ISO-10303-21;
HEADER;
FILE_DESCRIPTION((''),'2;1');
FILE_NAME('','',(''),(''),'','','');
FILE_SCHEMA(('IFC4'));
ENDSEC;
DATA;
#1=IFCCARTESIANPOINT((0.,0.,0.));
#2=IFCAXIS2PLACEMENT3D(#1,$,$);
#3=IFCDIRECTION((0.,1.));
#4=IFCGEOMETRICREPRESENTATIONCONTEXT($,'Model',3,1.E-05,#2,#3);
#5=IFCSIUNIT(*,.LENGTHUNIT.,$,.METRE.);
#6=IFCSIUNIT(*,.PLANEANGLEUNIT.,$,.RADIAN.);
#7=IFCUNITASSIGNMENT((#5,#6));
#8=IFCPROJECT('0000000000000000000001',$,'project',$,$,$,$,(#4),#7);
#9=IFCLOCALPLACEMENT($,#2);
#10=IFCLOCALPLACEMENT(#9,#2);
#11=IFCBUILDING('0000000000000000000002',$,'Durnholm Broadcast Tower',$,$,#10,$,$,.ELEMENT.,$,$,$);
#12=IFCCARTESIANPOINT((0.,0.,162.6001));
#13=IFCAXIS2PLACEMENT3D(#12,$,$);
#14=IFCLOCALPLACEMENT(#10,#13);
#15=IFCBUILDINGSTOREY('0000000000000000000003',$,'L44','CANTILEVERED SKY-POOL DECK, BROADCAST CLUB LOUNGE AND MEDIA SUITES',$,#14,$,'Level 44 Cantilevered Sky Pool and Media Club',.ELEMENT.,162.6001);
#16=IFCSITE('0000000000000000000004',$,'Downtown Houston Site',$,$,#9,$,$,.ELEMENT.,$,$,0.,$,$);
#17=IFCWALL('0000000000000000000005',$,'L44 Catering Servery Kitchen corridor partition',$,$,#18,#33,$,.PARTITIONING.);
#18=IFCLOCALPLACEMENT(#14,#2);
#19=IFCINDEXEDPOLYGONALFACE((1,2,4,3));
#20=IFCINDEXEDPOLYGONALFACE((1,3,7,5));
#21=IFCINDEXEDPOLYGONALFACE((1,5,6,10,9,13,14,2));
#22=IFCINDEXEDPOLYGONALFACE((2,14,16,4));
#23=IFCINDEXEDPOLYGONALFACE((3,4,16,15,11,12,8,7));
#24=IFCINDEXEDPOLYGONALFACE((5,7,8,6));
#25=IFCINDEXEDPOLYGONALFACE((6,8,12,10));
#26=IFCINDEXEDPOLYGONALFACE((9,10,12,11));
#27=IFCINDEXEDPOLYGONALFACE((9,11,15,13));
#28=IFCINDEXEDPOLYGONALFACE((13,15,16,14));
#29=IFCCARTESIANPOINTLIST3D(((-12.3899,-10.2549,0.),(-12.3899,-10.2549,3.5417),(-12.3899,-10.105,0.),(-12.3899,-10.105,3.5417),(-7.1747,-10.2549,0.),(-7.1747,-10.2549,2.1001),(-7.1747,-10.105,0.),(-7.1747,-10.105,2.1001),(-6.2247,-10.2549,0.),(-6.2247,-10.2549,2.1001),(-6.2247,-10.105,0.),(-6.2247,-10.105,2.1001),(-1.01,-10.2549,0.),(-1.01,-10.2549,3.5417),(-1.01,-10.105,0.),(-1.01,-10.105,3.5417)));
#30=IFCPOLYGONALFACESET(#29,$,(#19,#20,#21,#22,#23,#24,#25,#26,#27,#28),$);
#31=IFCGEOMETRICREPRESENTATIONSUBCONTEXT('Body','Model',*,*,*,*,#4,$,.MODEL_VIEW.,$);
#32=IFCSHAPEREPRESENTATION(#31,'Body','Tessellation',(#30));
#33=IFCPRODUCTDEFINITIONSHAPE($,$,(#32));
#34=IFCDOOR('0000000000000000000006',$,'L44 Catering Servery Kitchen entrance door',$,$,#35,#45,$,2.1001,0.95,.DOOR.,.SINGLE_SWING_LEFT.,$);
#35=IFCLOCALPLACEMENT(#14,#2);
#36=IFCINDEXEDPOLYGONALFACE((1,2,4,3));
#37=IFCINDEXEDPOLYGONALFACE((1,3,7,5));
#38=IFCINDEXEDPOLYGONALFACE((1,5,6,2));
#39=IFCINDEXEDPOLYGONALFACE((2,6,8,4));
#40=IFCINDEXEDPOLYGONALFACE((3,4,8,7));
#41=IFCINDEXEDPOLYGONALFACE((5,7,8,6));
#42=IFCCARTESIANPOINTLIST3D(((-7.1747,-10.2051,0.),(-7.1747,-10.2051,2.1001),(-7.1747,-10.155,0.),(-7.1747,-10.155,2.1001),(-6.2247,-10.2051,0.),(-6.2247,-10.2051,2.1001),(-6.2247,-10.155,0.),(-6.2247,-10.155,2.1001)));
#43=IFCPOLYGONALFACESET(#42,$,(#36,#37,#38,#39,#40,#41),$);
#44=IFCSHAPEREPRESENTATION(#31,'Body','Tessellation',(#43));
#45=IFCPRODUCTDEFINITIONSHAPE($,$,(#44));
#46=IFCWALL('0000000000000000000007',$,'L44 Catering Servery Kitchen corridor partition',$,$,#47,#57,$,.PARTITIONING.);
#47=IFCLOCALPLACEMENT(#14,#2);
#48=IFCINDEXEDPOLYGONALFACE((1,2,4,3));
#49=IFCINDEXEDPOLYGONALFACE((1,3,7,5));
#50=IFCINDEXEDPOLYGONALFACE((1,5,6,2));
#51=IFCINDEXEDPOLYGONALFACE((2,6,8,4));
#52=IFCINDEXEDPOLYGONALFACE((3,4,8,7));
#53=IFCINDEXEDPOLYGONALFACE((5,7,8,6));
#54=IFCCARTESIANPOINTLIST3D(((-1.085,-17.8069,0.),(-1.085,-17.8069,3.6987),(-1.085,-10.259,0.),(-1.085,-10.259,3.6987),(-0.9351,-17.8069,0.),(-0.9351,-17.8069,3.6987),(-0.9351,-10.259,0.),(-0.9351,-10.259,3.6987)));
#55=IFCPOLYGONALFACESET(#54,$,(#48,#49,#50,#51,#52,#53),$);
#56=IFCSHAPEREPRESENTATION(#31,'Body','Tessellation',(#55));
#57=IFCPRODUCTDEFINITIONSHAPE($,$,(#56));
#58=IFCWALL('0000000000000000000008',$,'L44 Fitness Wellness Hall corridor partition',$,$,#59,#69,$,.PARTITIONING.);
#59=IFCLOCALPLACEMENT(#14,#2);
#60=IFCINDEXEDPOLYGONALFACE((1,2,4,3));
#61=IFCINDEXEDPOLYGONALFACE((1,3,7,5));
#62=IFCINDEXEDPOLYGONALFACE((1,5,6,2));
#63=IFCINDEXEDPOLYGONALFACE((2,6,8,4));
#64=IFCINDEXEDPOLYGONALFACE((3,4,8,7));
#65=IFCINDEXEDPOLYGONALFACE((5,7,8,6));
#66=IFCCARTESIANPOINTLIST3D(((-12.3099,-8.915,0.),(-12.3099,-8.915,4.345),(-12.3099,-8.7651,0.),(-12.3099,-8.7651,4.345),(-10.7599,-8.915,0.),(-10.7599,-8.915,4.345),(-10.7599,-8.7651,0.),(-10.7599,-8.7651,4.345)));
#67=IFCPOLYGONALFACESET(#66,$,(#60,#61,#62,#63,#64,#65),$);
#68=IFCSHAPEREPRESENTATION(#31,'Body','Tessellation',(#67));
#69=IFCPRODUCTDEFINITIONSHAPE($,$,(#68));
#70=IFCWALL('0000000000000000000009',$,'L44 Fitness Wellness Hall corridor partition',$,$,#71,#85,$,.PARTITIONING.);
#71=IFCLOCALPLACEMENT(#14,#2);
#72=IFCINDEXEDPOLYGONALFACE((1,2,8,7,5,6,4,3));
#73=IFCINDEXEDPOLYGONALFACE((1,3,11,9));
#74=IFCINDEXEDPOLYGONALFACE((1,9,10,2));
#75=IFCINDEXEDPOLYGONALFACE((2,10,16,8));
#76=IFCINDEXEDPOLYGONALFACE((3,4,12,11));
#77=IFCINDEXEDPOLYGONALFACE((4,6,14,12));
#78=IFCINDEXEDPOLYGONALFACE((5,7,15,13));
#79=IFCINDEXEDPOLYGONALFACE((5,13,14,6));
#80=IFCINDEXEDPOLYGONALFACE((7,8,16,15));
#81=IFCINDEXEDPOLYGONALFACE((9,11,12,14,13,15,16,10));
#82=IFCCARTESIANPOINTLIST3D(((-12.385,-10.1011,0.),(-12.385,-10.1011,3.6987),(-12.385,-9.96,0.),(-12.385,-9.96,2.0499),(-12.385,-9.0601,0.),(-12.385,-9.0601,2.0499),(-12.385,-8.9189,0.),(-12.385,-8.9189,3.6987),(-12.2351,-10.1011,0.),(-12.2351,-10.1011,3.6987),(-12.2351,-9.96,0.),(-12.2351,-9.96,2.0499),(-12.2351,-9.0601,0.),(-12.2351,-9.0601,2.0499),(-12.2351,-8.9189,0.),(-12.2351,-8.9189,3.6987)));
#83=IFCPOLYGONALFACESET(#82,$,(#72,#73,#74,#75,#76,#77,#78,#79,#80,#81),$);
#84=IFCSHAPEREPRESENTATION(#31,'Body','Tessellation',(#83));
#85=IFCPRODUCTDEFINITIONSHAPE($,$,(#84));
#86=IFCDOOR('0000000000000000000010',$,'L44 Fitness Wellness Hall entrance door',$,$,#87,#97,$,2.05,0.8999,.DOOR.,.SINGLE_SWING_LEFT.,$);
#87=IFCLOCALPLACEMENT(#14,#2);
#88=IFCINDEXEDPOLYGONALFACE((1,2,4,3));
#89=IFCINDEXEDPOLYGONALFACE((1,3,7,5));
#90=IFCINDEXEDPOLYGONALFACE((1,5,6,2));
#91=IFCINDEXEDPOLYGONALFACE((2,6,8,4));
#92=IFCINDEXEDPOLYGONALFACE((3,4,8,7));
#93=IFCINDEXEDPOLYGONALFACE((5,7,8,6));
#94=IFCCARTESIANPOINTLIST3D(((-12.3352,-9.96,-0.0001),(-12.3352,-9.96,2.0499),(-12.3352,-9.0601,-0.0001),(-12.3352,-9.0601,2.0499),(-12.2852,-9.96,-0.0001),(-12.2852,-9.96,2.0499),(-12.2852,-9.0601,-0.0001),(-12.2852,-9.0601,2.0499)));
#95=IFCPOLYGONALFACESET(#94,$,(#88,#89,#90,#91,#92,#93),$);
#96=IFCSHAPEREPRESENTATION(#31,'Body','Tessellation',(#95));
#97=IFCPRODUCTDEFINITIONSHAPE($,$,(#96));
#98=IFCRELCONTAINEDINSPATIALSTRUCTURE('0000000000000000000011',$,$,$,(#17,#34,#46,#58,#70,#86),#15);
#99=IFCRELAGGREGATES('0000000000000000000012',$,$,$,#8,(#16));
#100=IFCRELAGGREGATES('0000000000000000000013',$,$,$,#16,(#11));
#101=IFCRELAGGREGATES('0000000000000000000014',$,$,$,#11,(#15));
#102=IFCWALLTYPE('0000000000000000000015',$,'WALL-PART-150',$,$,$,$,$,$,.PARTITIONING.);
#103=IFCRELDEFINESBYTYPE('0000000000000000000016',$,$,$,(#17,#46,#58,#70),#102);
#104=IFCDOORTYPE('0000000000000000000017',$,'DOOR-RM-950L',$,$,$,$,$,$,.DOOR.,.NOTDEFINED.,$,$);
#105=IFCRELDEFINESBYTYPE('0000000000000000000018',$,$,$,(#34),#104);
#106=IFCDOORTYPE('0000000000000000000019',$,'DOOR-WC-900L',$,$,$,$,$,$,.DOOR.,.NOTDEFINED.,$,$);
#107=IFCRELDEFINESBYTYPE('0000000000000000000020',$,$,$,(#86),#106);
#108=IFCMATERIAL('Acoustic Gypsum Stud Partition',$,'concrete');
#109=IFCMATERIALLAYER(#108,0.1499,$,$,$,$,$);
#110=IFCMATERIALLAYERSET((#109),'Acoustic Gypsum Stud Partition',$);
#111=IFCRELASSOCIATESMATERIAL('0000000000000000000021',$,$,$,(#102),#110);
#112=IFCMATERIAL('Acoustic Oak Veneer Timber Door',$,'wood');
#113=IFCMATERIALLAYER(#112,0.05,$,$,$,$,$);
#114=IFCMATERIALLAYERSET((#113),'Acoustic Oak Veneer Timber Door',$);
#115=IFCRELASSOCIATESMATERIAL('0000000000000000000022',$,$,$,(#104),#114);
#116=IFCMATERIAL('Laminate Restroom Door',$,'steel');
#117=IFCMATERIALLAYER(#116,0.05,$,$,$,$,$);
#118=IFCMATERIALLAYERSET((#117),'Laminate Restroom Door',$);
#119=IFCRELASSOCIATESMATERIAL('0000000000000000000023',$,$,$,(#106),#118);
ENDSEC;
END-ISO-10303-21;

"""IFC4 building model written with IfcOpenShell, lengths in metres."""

from ifc_helpers import new_model, si_unit, direction, frame, frame_2d, origin, place, context, subcontext, project, spatial, rectangle, extrude, source, transform, mapped, material, layer, layer_set, type_object, type_shapes, element, fill, save


model = new_model("IFC4")

# Units and contexts
model_context = context("Model", 3, precision=1e-05, world=origin(), true_north=direction((0.0, 1.0)))
body_context = subcontext(model_context, "Body", "Model", "MODEL_VIEW")
ifc_project = project(units=[si_unit("LENGTHUNIT", "METRE"), si_unit("PLANEANGLEUNIT", "RADIAN")], contexts=[model_context])

# Site, building, storey
site_placement = place(None, origin())
site = spatial("IfcSite", under=ifc_project, at=site_placement, Name="Downtown Houston Site", CompositionType="ELEMENT", RefElevation=0.0)
building_placement = place(site_placement, origin())
building = spatial("IfcBuilding", under=site, at=building_placement, Name="Durnholm Broadcast Tower", CompositionType="ELEMENT")
storey_placement = place(building_placement, frame((0.0, 0.0, 162.6001)))
storey = spatial("IfcBuildingStorey", under=building, at=storey_placement, Name="L44", Description="CANTILEVERED SKY-POOL DECK, BROADCAST CLUB LOUNGE AND MEDIA SUITES", LongName="Level 44 Cantilevered Sky Pool and Media Club", CompositionType="ELEMENT", Elevation=162.6001)

# Wall, opening, door
ifc_material_1 = material(Name="Acoustic Gypsum Stud Partition", Category="concrete")
ifc_layer_1 = layer(ifc_material_1, 0.1499)
ifc_layer_set_1 = layer_set([ifc_layer_1], Name="Acoustic Gypsum Stud Partition")
wall_type_1 = type_object("IfcWallType", Name="WALL-PART-150", PredefinedType="PARTITIONING", material=ifc_layer_set_1)
wall_1_placement = place(storey_placement, frame((-12.3899, -10.1799, 0.0), z_axis=(0.0, 0.0, 1.0), x_axis=(1.0, 0.0, 0.0)))
wall_1 = element("IfcWall", 1, at=wall_1_placement, inside=storey, type_object=wall_type_1, Name="L44 Catering Servery Kitchen corridor partition", PredefinedType="PARTITIONING", context=body_context, shape_type="SweptSolid", body=[
    extrude(rectangle(XDim=11.3799, YDim=0.1499, at=frame_2d((5.6899, 0.0))), origin(), (0.0, 0.0, 1.0), 3.5417),
])
opening_1_placement = place(wall_1_placement, frame((5.2151, 0.0, 0.0)))
opening_1 = element("IfcOpeningElement", 2, at=opening_1_placement, cuts=wall_1, PredefinedType="OPENING", context=body_context, shape_type="SweptSolid", body=[
    extrude(rectangle(XDim=0.95, YDim=2.1001, at=frame_2d((0.4751, 1.05))), frame((0.0, 0.085, 0.0), z_axis=(0.0, -1.0, 0.0), x_axis=(1.0, 0.0, 0.0)), (0.0, 0.0, 1.0), 0.1699),
])
ifc_material_2 = material(Name="Acoustic Oak Veneer Timber Door", Category="wood")
ifc_layer_2 = layer(ifc_material_2, 0.05)
ifc_layer_set_2 = layer_set([ifc_layer_2], Name="Acoustic Oak Veneer Timber Door")
door_type_1 = type_object("IfcDoorType", Name="DOOR-RM-950L", OperationType="NOTDEFINED", PredefinedType="DOOR", material=ifc_layer_set_2)
shared_shape_1 = source(origin(), body_context, "Body", "SweptSolid", [
    extrude(rectangle(XDim=0.95, YDim=2.1001, at=frame_2d((0.4751, 1.05))), frame((0.0, 0.0249, 0.0), z_axis=(0.0, -1.0, 0.0), x_axis=(1.0, 0.0, 0.0)), (0.0, 0.0, 1.0), 0.05),
])
type_shapes(door_type_1, [shared_shape_1])
door_1_placement = place(opening_1_placement, origin())
door_1 = element("IfcDoor", 3, at=door_1_placement, inside=storey, type_object=door_type_1, Name="L44 Catering Servery Kitchen entrance door", OperationType="SINGLE_SWING_LEFT", OverallHeight=2.1001, OverallWidth=0.95, PredefinedType="DOOR", context=body_context, shape_type="MappedRepresentation", body=[
    mapped(shared_shape_1, transform((0.0, 0.0, 0.0), x_axis=(1.0, 0.0, 0.0), y_axis=(0.0, 1.0, 0.0), z_axis=(0.0, 0.0, 1.0), scale=1.0)),
])
fill(opening_1, door_1)

# Walls
wall_2_placement = place(storey_placement, frame((-1.01, -10.259, 0.0), z_axis=(0.0, 0.0, 1.0), x_axis=(0.0, -1.0, 0.0)))
element("IfcWall", 4, at=wall_2_placement, inside=storey, type_object=wall_type_1, Name="L44 Catering Servery Kitchen corridor partition", PredefinedType="PARTITIONING", context=body_context, shape_type="SweptSolid", body=[
    extrude(rectangle(XDim=7.5479, YDim=0.1499, at=frame_2d((3.7739, 0.0))), origin(), (0.0, 0.0, 1.0), 3.6987),
])
wall_3_placement = place(storey_placement, frame((-10.76, -8.8401, 0.0), z_axis=(0.0, 0.0, 1.0), x_axis=(-1.0, 0.0, 0.0)))
element("IfcWall", 5, at=wall_3_placement, inside=storey, type_object=wall_type_1, Name="L44 Fitness Wellness Hall corridor partition", PredefinedType="PARTITIONING", context=body_context, shape_type="SweptSolid", body=[
    extrude(rectangle(XDim=1.55, YDim=0.1499, at=frame_2d((0.7749, 0.0))), origin(), (0.0, 0.0, 1.0), 4.345),
])

# Wall, opening, door
wall_4_placement = place(storey_placement, frame((-12.3101, -8.9189, 0.0), z_axis=(0.0, 0.0, 1.0), x_axis=(0.0, -1.0, 0.0)))
wall_4 = element("IfcWall", 6, at=wall_4_placement, inside=storey, type_object=wall_type_1, Name="L44 Fitness Wellness Hall corridor partition", PredefinedType="PARTITIONING", context=body_context, shape_type="SweptSolid", body=[
    extrude(rectangle(XDim=1.1821, YDim=0.1499, at=frame_2d((0.5911, 0.0))), origin(), (0.0, 0.0, 1.0), 3.6987),
])
opening_2_placement = place(wall_4_placement, frame((0.1411, 0.0, 0.0)))
opening_2 = element("IfcOpeningElement", 7, at=opening_2_placement, cuts=wall_4, PredefinedType="OPENING", context=body_context, shape_type="SweptSolid", body=[
    extrude(rectangle(XDim=0.8999, YDim=2.05, at=frame_2d((0.45, 1.0249))), frame((0.0, 0.085, 0.0), z_axis=(0.0, -1.0, 0.0), x_axis=(1.0, 0.0, 0.0)), (0.0, 0.0, 1.0), 0.1699),
])
ifc_material_3 = material(Name="Laminate Restroom Door", Category="steel")
ifc_layer_3 = layer(ifc_material_3, 0.05)
ifc_layer_set_3 = layer_set([ifc_layer_3], Name="Laminate Restroom Door")
door_type_2 = type_object("IfcDoorType", Name="DOOR-WC-900L", OperationType="NOTDEFINED", PredefinedType="DOOR", material=ifc_layer_set_3)
shared_shape_2 = source(origin(), body_context, "Body", "SweptSolid", [
    extrude(rectangle(XDim=0.8999, YDim=2.05, at=frame_2d((0.45, 1.0249))), frame((0.0, 0.0249, 0.0), z_axis=(0.0, -1.0, 0.0), x_axis=(1.0, 0.0, 0.0)), (0.0, 0.0, 1.0), 0.05),
])
type_shapes(door_type_2, [shared_shape_2])
door_2_placement = place(opening_2_placement, origin())
door_2 = element("IfcDoor", 8, at=door_2_placement, inside=storey, type_object=door_type_2, Name="L44 Fitness Wellness Hall entrance door", OperationType="SINGLE_SWING_LEFT", OverallHeight=2.05, OverallWidth=0.8999, PredefinedType="DOOR", context=body_context, shape_type="MappedRepresentation", body=[
    mapped(shared_shape_2, transform((0.0, 0.0, 0.0), x_axis=(1.0, 0.0, 0.0), y_axis=(0.0, 1.0, 0.0), z_axis=(0.0, 0.0, 1.0), scale=1.0)),
])
fill(opening_2, door_2)

save(model, "model.ifc")
